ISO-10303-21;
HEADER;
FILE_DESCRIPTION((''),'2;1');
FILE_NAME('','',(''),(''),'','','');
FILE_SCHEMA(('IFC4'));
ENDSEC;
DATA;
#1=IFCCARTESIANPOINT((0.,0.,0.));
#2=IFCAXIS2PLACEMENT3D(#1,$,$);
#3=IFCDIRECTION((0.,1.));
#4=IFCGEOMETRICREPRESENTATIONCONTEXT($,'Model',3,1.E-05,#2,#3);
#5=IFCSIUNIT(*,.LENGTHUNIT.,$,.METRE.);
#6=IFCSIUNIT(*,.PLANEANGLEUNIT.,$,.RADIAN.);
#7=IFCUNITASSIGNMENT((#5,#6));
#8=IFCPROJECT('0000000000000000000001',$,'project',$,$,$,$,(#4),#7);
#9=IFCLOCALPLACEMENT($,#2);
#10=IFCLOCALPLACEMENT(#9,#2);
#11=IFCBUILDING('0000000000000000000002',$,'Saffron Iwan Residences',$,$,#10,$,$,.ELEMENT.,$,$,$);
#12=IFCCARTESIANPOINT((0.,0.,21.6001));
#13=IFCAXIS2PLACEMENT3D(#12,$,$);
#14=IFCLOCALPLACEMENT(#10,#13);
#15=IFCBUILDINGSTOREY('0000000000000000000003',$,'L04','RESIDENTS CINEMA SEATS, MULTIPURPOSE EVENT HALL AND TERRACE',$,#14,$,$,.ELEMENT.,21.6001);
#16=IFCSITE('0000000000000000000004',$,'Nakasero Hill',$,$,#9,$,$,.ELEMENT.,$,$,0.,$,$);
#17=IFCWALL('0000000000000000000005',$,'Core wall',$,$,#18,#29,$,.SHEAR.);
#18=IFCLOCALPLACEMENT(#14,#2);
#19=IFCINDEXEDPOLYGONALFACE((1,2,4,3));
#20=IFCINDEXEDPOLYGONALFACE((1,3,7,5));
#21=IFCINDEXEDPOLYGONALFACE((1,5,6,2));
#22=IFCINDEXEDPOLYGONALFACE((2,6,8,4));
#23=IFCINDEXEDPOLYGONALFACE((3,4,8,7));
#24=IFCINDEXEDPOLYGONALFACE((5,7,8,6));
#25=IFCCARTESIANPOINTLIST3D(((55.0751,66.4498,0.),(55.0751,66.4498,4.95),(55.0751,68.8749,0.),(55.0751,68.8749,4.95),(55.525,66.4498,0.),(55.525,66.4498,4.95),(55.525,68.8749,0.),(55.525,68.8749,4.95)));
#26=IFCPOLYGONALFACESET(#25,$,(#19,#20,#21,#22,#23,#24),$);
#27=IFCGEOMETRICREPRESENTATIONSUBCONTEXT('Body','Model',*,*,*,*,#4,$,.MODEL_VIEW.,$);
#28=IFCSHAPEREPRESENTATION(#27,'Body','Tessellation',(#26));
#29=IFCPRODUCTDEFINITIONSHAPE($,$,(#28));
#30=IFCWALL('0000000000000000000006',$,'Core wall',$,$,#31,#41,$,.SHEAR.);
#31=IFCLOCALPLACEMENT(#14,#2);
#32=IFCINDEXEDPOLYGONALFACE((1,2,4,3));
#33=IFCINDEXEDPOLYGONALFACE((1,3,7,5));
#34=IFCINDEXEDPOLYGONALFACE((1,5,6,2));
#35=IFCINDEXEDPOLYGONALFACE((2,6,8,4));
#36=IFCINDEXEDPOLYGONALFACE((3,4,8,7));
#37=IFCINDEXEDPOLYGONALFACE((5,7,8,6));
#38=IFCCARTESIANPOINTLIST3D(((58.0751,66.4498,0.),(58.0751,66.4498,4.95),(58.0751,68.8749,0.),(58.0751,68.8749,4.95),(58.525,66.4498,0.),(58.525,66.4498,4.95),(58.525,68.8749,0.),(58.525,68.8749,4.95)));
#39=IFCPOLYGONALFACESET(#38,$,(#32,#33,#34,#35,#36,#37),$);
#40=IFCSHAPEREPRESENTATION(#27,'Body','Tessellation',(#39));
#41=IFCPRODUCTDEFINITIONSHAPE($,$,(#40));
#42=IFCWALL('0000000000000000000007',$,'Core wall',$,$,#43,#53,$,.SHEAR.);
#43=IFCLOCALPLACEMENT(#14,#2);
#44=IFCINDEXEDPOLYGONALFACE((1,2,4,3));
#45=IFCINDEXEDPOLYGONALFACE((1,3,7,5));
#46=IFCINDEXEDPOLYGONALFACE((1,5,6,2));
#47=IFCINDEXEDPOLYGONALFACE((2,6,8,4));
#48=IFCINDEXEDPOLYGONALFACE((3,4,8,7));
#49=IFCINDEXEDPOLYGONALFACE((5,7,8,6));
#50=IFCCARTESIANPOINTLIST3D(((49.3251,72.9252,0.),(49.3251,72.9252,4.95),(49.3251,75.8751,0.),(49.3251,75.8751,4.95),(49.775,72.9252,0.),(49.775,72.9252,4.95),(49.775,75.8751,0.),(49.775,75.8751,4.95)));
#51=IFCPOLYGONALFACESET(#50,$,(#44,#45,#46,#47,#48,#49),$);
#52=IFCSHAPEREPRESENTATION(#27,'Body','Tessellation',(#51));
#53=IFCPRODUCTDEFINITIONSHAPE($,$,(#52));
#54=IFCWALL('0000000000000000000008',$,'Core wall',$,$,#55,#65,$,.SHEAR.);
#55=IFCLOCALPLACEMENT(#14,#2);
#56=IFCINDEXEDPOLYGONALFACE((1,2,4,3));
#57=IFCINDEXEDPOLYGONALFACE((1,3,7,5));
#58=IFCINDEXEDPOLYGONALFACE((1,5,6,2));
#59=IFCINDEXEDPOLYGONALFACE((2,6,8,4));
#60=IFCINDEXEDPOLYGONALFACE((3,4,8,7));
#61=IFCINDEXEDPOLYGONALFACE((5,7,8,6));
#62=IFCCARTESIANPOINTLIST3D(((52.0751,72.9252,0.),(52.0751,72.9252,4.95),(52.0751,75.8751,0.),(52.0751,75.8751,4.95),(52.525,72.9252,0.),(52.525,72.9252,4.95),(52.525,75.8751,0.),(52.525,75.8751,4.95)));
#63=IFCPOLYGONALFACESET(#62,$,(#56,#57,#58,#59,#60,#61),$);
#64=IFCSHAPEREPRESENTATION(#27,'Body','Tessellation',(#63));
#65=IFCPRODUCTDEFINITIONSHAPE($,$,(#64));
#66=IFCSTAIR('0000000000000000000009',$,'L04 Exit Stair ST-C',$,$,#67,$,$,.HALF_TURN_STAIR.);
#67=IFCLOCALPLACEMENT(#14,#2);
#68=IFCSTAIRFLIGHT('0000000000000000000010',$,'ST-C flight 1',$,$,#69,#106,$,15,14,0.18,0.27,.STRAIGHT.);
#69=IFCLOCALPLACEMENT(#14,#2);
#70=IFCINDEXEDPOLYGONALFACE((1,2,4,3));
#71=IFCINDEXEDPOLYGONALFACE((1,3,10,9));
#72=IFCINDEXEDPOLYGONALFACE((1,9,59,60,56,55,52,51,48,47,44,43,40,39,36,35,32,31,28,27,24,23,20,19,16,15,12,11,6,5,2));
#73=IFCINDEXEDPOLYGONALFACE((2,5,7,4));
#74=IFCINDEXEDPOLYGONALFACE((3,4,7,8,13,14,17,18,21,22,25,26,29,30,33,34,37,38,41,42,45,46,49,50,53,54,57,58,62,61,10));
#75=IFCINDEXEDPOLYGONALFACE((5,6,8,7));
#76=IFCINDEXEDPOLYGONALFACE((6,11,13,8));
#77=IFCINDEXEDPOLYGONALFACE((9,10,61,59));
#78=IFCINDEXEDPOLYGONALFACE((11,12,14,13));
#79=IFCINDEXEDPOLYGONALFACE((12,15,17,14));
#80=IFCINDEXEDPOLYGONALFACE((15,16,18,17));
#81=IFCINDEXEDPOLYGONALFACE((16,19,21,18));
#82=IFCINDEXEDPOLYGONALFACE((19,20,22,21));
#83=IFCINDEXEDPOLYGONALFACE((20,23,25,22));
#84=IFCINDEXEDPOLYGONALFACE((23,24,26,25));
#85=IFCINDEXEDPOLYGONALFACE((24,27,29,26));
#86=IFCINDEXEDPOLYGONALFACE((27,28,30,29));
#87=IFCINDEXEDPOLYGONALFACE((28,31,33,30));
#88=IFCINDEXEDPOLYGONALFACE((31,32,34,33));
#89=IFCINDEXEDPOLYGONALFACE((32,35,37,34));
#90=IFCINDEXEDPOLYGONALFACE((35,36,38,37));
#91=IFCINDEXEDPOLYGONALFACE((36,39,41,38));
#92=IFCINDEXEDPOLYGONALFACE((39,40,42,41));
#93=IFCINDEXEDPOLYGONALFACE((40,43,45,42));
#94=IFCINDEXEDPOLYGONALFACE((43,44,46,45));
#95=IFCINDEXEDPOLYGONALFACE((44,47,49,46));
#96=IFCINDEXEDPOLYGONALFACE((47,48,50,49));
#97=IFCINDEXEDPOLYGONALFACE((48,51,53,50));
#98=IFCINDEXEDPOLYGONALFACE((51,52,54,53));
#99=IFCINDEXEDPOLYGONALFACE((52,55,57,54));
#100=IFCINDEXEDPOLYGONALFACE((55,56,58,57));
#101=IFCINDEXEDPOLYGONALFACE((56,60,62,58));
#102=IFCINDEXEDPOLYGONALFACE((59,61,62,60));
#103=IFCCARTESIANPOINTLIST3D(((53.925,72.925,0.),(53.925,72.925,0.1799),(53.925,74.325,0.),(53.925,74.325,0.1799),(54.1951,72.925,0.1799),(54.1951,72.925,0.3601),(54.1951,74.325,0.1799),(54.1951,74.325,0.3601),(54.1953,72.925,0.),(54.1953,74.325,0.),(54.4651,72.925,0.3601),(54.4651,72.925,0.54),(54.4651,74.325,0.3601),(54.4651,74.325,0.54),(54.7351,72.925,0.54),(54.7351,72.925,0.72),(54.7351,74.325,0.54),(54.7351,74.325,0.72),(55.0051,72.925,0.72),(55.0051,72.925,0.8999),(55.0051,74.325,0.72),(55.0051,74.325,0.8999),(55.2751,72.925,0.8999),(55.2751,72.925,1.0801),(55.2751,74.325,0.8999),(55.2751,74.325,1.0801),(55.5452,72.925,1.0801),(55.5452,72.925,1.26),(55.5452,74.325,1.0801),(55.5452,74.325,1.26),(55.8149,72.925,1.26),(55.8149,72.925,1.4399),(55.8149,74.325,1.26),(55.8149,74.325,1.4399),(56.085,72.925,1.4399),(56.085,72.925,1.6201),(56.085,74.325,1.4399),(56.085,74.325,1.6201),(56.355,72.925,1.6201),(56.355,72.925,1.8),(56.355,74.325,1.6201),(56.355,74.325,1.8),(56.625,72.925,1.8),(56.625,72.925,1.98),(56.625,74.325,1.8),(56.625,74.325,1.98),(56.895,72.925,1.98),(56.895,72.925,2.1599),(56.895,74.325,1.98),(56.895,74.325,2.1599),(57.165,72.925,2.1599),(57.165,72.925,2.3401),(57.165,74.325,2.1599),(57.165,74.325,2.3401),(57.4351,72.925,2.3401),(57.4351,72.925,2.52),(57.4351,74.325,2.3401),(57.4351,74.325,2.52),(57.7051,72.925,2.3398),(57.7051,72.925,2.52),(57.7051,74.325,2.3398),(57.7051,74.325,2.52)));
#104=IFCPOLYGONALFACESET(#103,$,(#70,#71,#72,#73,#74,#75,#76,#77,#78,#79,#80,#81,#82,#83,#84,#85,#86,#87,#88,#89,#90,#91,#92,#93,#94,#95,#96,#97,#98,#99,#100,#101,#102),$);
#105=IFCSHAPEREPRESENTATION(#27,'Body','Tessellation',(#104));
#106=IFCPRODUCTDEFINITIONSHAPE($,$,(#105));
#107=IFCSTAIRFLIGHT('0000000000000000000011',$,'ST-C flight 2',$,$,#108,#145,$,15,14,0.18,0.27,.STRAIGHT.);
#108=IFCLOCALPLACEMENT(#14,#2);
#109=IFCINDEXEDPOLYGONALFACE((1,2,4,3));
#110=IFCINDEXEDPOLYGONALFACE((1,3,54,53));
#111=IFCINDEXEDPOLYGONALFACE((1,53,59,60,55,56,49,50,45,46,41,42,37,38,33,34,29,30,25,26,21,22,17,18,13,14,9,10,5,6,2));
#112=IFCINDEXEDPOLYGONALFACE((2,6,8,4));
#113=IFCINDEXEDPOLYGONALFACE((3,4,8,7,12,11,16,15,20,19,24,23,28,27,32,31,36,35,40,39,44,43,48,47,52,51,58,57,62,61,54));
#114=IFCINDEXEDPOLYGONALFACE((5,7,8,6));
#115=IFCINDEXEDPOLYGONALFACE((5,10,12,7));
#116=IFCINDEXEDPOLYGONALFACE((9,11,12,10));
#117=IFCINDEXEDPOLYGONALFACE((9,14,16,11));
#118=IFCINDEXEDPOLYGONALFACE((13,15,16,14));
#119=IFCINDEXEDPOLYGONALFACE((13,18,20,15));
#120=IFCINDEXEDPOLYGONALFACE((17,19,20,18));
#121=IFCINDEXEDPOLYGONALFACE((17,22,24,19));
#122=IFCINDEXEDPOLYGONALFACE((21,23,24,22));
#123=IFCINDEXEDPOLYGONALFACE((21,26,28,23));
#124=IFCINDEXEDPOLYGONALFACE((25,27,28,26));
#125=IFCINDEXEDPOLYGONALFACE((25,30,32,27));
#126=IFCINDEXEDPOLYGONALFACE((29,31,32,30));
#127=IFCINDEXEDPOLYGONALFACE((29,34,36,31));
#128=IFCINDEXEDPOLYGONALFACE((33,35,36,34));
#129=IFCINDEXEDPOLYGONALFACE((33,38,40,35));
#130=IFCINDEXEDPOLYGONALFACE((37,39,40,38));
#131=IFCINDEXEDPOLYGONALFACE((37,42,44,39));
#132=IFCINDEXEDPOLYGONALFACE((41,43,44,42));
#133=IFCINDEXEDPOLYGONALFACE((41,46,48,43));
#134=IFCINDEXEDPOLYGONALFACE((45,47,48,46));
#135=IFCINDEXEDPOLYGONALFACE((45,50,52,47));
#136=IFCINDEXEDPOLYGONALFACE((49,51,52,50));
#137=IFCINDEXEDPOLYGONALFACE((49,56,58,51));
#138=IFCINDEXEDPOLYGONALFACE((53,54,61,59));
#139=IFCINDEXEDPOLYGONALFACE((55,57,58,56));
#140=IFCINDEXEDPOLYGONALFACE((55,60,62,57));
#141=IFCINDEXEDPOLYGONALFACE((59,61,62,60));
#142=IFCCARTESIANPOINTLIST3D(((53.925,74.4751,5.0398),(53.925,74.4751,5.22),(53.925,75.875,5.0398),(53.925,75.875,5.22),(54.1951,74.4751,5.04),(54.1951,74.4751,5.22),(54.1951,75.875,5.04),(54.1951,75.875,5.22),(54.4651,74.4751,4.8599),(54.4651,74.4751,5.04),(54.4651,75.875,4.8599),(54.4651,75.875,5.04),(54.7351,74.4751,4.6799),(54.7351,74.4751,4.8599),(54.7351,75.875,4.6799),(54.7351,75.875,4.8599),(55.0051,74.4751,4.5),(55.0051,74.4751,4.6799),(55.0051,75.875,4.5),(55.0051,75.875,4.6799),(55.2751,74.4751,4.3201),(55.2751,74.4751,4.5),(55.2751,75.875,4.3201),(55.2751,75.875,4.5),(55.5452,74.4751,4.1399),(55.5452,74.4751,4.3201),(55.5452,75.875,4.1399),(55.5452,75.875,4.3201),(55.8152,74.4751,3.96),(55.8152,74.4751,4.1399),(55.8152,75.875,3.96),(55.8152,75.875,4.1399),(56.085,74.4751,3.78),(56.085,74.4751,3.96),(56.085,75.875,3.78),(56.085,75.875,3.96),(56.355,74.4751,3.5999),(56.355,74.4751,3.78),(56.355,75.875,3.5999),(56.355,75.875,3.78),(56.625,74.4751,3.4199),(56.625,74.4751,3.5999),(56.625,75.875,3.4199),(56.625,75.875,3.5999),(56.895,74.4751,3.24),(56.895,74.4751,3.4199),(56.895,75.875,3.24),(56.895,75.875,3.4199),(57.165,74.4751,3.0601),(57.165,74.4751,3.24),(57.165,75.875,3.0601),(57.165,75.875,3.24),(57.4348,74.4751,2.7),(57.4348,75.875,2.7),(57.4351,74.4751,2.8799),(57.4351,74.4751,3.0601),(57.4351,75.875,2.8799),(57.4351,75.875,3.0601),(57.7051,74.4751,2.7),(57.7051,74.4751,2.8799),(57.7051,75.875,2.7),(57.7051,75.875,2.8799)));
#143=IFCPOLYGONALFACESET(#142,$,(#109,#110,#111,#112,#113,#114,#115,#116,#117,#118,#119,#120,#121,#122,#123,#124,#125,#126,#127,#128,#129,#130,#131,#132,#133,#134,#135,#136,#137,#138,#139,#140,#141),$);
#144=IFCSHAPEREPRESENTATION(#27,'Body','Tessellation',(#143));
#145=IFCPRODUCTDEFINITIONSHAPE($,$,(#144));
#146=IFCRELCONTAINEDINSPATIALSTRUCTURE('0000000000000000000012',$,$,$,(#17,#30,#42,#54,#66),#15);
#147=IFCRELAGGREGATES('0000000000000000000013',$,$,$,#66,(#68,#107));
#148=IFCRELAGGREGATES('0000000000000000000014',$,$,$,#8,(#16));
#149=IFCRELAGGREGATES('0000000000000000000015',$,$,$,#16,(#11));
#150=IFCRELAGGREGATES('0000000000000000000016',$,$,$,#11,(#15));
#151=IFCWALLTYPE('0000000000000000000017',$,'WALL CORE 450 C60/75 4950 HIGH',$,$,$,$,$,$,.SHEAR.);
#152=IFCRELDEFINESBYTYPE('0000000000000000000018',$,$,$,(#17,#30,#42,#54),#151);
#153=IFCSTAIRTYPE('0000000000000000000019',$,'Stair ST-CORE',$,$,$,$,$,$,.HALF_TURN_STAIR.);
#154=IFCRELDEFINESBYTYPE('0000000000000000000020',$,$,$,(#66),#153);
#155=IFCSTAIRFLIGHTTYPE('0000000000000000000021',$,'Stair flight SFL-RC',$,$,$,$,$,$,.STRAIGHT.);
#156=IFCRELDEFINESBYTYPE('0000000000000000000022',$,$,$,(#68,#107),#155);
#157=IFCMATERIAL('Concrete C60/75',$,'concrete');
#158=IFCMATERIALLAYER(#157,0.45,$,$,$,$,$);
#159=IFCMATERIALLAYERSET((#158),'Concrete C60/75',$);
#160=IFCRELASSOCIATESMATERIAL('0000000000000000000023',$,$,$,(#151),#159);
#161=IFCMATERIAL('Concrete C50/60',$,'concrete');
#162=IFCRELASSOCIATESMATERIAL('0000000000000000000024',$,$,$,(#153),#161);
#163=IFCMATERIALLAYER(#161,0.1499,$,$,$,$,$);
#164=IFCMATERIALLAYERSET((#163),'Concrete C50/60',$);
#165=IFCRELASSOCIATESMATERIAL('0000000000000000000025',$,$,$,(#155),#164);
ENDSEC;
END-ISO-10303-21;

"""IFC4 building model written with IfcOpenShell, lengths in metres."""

from ifc_helpers import new_model, si_unit, direction, frame, frame_2d, origin, place, context, subcontext, project, spatial, polyline, rectangle, outline, extrude, material, layer, layer_set, type_object, element, aggregate, save


model = new_model("IFC4")

# Units and contexts
model_context = context("Model", 3, precision=1e-05, world=origin(), true_north=direction((0.0, 1.0)))
body_context = subcontext(model_context, "Body", "Model", "MODEL_VIEW")
ifc_project = project(units=[si_unit("LENGTHUNIT", "METRE"), si_unit("PLANEANGLEUNIT", "RADIAN")], contexts=[model_context])

# Site, building, storey
site_placement = place(None, origin())
site = spatial("IfcSite", under=ifc_project, at=site_placement, Name="Nakasero Hill", CompositionType="ELEMENT", RefElevation=0.0)
building_placement = place(site_placement, origin())
building = spatial("IfcBuilding", under=site, at=building_placement, Name="Saffron Iwan Residences", CompositionType="ELEMENT")
storey_placement = place(building_placement, frame((0.0, 0.0, 21.6001)))
storey = spatial("IfcBuildingStorey", under=building, at=storey_placement, Name="L04", Description="RESIDENTS CINEMA SEATS, MULTIPURPOSE EVENT HALL AND TERRACE", CompositionType="ELEMENT", Elevation=21.6001)

# Shared definitions
ifc_material_1 = material(Name="Concrete C50/60", Category="concrete")

# Shared definitions
ifc_material_2 = material(Name="Concrete C60/75", Category="concrete")

# Shared definitions
ifc_layer_1 = layer(ifc_material_2, 0.45)
ifc_layer_set_1 = layer_set([ifc_layer_1], Name="Concrete C60/75")
wall_type_1 = type_object("IfcWallType", Name="WALL CORE 450 C60/75 4950 HIGH", PredefinedType="SHEAR", material=ifc_layer_set_1)

# Walls
for number, where, z_axis, x_axis, name in (
    (1, (55.3, 66.45, 0.0), (0.0, 0.0, 1.0), (0.0, 1.0, 0.0), "Core wall"),
    (2, (58.3, 66.45, 0.0), (0.0, 0.0, 1.0), (0.0, 1.0, 0.0), "Core wall"),
):
    element("IfcWall", number, at=place(storey_placement, frame(where, z_axis=z_axis, x_axis=x_axis)), inside=storey, type_object=wall_type_1, Name=name, PredefinedType="SHEAR", context=body_context, shape_type="SweptSolid", body=[
        extrude(rectangle(XDim=2.425, YDim=0.45, at=frame_2d((1.2124, 0.0))), origin(), (0.0, 0.0, 1.0), 4.95),
    ])
for number, where, z_axis, x_axis, name in (
    (3, (49.55, 72.925, 0.0), (0.0, 0.0, 1.0), (0.0, 1.0, 0.0), "Core wall"),
    (4, (52.3, 72.925, 0.0), (0.0, 0.0, 1.0), (0.0, 1.0, 0.0), "Core wall"),
):
    element("IfcWall", number, at=place(storey_placement, frame(where, z_axis=z_axis, x_axis=x_axis)), inside=storey, type_object=wall_type_1, Name=name, PredefinedType="SHEAR", context=body_context, shape_type="SweptSolid", body=[
        extrude(rectangle(XDim=2.95, YDim=0.45, at=frame_2d((1.4751, 0.0))), origin(), (0.0, 0.0, 1.0), 4.95),
    ])

# Stair, stair flights
stair_type = type_object("IfcStairType", Name="Stair ST-CORE", PredefinedType="HALF_TURN_STAIR", material=ifc_material_1)
stair_placement = place(storey_placement, origin())
stair = element("IfcStair", 5, at=stair_placement, inside=storey, type_object=stair_type, Name="L04 Exit Stair ST-C", PredefinedType="HALF_TURN_STAIR")
ifc_layer_2 = layer(ifc_material_1, 0.1499)
ifc_layer_set_2 = layer_set([ifc_layer_2], Name="Concrete C50/60")
stair_flight_type = type_object("IfcStairFlightType", Name="Stair flight SFL-RC", PredefinedType="STRAIGHT", material=ifc_layer_set_2)
stair_flight_1_placement = place(storey_placement, frame((53.925, 73.625, 0.0), z_axis=(0.0, 0.0, 1.0), x_axis=(1.0, 0.0, 0.0)))
stair_flight_1 = element("IfcStairFlight", 6, at=stair_flight_1_placement, type_object=stair_flight_type, Name="ST-C flight 1", NumberOfRisers=15, NumberOfTreads=14, PredefinedType="STRAIGHT", RiserHeight=0.18, TreadLength=0.27, context=body_context, shape_type="SweptSolid", body=[
    extrude(outline(polyline([(0.0, 0.0), (0.0, 0.1799), (0.27, 0.1799), (0.27, 0.3601), (0.54, 0.3601), (0.54, 0.54), (0.8101, 0.54), (0.8101, 0.72), (1.0801, 0.72), (1.0801, 0.8999), (1.3501, 0.8999), (1.3501, 1.0801), (1.6201, 1.0801), (1.6201, 1.26), (1.8899, 1.26), (1.8899, 1.4399), (2.1599, 1.4399), (2.1599, 1.6201), (2.4299, 1.6201), (2.4299, 1.8), (2.7, 1.8), (2.7, 1.98), (2.97, 1.98), (2.97, 2.1599), (3.24, 2.1599), (3.24, 2.3401), (3.51, 2.3401), (3.51, 2.52), (3.78, 2.52), (3.78, 2.7), (3.78, 2.3398), (0.2703, 0.0), (0.0, 0.0)])), frame((0.0, 0.7, 0.0), z_axis=(0.0, -1.0, 0.0), x_axis=(1.0, 0.0, 0.0)), (0.0, 0.0, 1.0), 1.3999),
])
stair_flight_2_placement = place(storey_placement, frame((57.7051, 75.175, 2.7), z_axis=(0.0, 0.0, 1.0), x_axis=(-1.0, 0.0, 0.0)))
stair_flight_2 = element("IfcStairFlight", 7, at=stair_flight_2_placement, type_object=stair_flight_type, Name="ST-C flight 2", NumberOfRisers=15, NumberOfTreads=14, PredefinedType="STRAIGHT", RiserHeight=0.18, TreadLength=0.27, context=body_context, shape_type="SweptSolid", body=[
    extrude(outline(polyline([(0.0, 0.0), (0.0, 0.1799), (0.27, 0.1799), (0.27, 0.3601), (0.54, 0.3601), (0.54, 0.54), (0.8101, 0.54), (0.8101, 0.72), (1.0801, 0.72), (1.0801, 0.8999), (1.3501, 0.8999), (1.3501, 1.0801), (1.6201, 1.0801), (1.6201, 1.26), (1.8899, 1.26), (1.8899, 1.4399), (2.1599, 1.4399), (2.1599, 1.6201), (2.4299, 1.6201), (2.4299, 1.8), (2.7, 1.8), (2.7, 1.98), (2.97, 1.98), (2.97, 2.1599), (3.24, 2.1599), (3.24, 2.3401), (3.51, 2.3401), (3.51, 2.52), (3.78, 2.52), (3.78, 2.7), (3.78, 2.3398), (0.2703, 0.0), (0.0, 0.0)])), frame((0.0, 0.7, 0.0), z_axis=(0.0, -1.0, 0.0), x_axis=(1.0, 0.0, 0.0)), (0.0, 0.0, 1.0), 1.3999),
])
aggregate(stair, [stair_flight_1, stair_flight_2])

save(model, "model.ifc")
